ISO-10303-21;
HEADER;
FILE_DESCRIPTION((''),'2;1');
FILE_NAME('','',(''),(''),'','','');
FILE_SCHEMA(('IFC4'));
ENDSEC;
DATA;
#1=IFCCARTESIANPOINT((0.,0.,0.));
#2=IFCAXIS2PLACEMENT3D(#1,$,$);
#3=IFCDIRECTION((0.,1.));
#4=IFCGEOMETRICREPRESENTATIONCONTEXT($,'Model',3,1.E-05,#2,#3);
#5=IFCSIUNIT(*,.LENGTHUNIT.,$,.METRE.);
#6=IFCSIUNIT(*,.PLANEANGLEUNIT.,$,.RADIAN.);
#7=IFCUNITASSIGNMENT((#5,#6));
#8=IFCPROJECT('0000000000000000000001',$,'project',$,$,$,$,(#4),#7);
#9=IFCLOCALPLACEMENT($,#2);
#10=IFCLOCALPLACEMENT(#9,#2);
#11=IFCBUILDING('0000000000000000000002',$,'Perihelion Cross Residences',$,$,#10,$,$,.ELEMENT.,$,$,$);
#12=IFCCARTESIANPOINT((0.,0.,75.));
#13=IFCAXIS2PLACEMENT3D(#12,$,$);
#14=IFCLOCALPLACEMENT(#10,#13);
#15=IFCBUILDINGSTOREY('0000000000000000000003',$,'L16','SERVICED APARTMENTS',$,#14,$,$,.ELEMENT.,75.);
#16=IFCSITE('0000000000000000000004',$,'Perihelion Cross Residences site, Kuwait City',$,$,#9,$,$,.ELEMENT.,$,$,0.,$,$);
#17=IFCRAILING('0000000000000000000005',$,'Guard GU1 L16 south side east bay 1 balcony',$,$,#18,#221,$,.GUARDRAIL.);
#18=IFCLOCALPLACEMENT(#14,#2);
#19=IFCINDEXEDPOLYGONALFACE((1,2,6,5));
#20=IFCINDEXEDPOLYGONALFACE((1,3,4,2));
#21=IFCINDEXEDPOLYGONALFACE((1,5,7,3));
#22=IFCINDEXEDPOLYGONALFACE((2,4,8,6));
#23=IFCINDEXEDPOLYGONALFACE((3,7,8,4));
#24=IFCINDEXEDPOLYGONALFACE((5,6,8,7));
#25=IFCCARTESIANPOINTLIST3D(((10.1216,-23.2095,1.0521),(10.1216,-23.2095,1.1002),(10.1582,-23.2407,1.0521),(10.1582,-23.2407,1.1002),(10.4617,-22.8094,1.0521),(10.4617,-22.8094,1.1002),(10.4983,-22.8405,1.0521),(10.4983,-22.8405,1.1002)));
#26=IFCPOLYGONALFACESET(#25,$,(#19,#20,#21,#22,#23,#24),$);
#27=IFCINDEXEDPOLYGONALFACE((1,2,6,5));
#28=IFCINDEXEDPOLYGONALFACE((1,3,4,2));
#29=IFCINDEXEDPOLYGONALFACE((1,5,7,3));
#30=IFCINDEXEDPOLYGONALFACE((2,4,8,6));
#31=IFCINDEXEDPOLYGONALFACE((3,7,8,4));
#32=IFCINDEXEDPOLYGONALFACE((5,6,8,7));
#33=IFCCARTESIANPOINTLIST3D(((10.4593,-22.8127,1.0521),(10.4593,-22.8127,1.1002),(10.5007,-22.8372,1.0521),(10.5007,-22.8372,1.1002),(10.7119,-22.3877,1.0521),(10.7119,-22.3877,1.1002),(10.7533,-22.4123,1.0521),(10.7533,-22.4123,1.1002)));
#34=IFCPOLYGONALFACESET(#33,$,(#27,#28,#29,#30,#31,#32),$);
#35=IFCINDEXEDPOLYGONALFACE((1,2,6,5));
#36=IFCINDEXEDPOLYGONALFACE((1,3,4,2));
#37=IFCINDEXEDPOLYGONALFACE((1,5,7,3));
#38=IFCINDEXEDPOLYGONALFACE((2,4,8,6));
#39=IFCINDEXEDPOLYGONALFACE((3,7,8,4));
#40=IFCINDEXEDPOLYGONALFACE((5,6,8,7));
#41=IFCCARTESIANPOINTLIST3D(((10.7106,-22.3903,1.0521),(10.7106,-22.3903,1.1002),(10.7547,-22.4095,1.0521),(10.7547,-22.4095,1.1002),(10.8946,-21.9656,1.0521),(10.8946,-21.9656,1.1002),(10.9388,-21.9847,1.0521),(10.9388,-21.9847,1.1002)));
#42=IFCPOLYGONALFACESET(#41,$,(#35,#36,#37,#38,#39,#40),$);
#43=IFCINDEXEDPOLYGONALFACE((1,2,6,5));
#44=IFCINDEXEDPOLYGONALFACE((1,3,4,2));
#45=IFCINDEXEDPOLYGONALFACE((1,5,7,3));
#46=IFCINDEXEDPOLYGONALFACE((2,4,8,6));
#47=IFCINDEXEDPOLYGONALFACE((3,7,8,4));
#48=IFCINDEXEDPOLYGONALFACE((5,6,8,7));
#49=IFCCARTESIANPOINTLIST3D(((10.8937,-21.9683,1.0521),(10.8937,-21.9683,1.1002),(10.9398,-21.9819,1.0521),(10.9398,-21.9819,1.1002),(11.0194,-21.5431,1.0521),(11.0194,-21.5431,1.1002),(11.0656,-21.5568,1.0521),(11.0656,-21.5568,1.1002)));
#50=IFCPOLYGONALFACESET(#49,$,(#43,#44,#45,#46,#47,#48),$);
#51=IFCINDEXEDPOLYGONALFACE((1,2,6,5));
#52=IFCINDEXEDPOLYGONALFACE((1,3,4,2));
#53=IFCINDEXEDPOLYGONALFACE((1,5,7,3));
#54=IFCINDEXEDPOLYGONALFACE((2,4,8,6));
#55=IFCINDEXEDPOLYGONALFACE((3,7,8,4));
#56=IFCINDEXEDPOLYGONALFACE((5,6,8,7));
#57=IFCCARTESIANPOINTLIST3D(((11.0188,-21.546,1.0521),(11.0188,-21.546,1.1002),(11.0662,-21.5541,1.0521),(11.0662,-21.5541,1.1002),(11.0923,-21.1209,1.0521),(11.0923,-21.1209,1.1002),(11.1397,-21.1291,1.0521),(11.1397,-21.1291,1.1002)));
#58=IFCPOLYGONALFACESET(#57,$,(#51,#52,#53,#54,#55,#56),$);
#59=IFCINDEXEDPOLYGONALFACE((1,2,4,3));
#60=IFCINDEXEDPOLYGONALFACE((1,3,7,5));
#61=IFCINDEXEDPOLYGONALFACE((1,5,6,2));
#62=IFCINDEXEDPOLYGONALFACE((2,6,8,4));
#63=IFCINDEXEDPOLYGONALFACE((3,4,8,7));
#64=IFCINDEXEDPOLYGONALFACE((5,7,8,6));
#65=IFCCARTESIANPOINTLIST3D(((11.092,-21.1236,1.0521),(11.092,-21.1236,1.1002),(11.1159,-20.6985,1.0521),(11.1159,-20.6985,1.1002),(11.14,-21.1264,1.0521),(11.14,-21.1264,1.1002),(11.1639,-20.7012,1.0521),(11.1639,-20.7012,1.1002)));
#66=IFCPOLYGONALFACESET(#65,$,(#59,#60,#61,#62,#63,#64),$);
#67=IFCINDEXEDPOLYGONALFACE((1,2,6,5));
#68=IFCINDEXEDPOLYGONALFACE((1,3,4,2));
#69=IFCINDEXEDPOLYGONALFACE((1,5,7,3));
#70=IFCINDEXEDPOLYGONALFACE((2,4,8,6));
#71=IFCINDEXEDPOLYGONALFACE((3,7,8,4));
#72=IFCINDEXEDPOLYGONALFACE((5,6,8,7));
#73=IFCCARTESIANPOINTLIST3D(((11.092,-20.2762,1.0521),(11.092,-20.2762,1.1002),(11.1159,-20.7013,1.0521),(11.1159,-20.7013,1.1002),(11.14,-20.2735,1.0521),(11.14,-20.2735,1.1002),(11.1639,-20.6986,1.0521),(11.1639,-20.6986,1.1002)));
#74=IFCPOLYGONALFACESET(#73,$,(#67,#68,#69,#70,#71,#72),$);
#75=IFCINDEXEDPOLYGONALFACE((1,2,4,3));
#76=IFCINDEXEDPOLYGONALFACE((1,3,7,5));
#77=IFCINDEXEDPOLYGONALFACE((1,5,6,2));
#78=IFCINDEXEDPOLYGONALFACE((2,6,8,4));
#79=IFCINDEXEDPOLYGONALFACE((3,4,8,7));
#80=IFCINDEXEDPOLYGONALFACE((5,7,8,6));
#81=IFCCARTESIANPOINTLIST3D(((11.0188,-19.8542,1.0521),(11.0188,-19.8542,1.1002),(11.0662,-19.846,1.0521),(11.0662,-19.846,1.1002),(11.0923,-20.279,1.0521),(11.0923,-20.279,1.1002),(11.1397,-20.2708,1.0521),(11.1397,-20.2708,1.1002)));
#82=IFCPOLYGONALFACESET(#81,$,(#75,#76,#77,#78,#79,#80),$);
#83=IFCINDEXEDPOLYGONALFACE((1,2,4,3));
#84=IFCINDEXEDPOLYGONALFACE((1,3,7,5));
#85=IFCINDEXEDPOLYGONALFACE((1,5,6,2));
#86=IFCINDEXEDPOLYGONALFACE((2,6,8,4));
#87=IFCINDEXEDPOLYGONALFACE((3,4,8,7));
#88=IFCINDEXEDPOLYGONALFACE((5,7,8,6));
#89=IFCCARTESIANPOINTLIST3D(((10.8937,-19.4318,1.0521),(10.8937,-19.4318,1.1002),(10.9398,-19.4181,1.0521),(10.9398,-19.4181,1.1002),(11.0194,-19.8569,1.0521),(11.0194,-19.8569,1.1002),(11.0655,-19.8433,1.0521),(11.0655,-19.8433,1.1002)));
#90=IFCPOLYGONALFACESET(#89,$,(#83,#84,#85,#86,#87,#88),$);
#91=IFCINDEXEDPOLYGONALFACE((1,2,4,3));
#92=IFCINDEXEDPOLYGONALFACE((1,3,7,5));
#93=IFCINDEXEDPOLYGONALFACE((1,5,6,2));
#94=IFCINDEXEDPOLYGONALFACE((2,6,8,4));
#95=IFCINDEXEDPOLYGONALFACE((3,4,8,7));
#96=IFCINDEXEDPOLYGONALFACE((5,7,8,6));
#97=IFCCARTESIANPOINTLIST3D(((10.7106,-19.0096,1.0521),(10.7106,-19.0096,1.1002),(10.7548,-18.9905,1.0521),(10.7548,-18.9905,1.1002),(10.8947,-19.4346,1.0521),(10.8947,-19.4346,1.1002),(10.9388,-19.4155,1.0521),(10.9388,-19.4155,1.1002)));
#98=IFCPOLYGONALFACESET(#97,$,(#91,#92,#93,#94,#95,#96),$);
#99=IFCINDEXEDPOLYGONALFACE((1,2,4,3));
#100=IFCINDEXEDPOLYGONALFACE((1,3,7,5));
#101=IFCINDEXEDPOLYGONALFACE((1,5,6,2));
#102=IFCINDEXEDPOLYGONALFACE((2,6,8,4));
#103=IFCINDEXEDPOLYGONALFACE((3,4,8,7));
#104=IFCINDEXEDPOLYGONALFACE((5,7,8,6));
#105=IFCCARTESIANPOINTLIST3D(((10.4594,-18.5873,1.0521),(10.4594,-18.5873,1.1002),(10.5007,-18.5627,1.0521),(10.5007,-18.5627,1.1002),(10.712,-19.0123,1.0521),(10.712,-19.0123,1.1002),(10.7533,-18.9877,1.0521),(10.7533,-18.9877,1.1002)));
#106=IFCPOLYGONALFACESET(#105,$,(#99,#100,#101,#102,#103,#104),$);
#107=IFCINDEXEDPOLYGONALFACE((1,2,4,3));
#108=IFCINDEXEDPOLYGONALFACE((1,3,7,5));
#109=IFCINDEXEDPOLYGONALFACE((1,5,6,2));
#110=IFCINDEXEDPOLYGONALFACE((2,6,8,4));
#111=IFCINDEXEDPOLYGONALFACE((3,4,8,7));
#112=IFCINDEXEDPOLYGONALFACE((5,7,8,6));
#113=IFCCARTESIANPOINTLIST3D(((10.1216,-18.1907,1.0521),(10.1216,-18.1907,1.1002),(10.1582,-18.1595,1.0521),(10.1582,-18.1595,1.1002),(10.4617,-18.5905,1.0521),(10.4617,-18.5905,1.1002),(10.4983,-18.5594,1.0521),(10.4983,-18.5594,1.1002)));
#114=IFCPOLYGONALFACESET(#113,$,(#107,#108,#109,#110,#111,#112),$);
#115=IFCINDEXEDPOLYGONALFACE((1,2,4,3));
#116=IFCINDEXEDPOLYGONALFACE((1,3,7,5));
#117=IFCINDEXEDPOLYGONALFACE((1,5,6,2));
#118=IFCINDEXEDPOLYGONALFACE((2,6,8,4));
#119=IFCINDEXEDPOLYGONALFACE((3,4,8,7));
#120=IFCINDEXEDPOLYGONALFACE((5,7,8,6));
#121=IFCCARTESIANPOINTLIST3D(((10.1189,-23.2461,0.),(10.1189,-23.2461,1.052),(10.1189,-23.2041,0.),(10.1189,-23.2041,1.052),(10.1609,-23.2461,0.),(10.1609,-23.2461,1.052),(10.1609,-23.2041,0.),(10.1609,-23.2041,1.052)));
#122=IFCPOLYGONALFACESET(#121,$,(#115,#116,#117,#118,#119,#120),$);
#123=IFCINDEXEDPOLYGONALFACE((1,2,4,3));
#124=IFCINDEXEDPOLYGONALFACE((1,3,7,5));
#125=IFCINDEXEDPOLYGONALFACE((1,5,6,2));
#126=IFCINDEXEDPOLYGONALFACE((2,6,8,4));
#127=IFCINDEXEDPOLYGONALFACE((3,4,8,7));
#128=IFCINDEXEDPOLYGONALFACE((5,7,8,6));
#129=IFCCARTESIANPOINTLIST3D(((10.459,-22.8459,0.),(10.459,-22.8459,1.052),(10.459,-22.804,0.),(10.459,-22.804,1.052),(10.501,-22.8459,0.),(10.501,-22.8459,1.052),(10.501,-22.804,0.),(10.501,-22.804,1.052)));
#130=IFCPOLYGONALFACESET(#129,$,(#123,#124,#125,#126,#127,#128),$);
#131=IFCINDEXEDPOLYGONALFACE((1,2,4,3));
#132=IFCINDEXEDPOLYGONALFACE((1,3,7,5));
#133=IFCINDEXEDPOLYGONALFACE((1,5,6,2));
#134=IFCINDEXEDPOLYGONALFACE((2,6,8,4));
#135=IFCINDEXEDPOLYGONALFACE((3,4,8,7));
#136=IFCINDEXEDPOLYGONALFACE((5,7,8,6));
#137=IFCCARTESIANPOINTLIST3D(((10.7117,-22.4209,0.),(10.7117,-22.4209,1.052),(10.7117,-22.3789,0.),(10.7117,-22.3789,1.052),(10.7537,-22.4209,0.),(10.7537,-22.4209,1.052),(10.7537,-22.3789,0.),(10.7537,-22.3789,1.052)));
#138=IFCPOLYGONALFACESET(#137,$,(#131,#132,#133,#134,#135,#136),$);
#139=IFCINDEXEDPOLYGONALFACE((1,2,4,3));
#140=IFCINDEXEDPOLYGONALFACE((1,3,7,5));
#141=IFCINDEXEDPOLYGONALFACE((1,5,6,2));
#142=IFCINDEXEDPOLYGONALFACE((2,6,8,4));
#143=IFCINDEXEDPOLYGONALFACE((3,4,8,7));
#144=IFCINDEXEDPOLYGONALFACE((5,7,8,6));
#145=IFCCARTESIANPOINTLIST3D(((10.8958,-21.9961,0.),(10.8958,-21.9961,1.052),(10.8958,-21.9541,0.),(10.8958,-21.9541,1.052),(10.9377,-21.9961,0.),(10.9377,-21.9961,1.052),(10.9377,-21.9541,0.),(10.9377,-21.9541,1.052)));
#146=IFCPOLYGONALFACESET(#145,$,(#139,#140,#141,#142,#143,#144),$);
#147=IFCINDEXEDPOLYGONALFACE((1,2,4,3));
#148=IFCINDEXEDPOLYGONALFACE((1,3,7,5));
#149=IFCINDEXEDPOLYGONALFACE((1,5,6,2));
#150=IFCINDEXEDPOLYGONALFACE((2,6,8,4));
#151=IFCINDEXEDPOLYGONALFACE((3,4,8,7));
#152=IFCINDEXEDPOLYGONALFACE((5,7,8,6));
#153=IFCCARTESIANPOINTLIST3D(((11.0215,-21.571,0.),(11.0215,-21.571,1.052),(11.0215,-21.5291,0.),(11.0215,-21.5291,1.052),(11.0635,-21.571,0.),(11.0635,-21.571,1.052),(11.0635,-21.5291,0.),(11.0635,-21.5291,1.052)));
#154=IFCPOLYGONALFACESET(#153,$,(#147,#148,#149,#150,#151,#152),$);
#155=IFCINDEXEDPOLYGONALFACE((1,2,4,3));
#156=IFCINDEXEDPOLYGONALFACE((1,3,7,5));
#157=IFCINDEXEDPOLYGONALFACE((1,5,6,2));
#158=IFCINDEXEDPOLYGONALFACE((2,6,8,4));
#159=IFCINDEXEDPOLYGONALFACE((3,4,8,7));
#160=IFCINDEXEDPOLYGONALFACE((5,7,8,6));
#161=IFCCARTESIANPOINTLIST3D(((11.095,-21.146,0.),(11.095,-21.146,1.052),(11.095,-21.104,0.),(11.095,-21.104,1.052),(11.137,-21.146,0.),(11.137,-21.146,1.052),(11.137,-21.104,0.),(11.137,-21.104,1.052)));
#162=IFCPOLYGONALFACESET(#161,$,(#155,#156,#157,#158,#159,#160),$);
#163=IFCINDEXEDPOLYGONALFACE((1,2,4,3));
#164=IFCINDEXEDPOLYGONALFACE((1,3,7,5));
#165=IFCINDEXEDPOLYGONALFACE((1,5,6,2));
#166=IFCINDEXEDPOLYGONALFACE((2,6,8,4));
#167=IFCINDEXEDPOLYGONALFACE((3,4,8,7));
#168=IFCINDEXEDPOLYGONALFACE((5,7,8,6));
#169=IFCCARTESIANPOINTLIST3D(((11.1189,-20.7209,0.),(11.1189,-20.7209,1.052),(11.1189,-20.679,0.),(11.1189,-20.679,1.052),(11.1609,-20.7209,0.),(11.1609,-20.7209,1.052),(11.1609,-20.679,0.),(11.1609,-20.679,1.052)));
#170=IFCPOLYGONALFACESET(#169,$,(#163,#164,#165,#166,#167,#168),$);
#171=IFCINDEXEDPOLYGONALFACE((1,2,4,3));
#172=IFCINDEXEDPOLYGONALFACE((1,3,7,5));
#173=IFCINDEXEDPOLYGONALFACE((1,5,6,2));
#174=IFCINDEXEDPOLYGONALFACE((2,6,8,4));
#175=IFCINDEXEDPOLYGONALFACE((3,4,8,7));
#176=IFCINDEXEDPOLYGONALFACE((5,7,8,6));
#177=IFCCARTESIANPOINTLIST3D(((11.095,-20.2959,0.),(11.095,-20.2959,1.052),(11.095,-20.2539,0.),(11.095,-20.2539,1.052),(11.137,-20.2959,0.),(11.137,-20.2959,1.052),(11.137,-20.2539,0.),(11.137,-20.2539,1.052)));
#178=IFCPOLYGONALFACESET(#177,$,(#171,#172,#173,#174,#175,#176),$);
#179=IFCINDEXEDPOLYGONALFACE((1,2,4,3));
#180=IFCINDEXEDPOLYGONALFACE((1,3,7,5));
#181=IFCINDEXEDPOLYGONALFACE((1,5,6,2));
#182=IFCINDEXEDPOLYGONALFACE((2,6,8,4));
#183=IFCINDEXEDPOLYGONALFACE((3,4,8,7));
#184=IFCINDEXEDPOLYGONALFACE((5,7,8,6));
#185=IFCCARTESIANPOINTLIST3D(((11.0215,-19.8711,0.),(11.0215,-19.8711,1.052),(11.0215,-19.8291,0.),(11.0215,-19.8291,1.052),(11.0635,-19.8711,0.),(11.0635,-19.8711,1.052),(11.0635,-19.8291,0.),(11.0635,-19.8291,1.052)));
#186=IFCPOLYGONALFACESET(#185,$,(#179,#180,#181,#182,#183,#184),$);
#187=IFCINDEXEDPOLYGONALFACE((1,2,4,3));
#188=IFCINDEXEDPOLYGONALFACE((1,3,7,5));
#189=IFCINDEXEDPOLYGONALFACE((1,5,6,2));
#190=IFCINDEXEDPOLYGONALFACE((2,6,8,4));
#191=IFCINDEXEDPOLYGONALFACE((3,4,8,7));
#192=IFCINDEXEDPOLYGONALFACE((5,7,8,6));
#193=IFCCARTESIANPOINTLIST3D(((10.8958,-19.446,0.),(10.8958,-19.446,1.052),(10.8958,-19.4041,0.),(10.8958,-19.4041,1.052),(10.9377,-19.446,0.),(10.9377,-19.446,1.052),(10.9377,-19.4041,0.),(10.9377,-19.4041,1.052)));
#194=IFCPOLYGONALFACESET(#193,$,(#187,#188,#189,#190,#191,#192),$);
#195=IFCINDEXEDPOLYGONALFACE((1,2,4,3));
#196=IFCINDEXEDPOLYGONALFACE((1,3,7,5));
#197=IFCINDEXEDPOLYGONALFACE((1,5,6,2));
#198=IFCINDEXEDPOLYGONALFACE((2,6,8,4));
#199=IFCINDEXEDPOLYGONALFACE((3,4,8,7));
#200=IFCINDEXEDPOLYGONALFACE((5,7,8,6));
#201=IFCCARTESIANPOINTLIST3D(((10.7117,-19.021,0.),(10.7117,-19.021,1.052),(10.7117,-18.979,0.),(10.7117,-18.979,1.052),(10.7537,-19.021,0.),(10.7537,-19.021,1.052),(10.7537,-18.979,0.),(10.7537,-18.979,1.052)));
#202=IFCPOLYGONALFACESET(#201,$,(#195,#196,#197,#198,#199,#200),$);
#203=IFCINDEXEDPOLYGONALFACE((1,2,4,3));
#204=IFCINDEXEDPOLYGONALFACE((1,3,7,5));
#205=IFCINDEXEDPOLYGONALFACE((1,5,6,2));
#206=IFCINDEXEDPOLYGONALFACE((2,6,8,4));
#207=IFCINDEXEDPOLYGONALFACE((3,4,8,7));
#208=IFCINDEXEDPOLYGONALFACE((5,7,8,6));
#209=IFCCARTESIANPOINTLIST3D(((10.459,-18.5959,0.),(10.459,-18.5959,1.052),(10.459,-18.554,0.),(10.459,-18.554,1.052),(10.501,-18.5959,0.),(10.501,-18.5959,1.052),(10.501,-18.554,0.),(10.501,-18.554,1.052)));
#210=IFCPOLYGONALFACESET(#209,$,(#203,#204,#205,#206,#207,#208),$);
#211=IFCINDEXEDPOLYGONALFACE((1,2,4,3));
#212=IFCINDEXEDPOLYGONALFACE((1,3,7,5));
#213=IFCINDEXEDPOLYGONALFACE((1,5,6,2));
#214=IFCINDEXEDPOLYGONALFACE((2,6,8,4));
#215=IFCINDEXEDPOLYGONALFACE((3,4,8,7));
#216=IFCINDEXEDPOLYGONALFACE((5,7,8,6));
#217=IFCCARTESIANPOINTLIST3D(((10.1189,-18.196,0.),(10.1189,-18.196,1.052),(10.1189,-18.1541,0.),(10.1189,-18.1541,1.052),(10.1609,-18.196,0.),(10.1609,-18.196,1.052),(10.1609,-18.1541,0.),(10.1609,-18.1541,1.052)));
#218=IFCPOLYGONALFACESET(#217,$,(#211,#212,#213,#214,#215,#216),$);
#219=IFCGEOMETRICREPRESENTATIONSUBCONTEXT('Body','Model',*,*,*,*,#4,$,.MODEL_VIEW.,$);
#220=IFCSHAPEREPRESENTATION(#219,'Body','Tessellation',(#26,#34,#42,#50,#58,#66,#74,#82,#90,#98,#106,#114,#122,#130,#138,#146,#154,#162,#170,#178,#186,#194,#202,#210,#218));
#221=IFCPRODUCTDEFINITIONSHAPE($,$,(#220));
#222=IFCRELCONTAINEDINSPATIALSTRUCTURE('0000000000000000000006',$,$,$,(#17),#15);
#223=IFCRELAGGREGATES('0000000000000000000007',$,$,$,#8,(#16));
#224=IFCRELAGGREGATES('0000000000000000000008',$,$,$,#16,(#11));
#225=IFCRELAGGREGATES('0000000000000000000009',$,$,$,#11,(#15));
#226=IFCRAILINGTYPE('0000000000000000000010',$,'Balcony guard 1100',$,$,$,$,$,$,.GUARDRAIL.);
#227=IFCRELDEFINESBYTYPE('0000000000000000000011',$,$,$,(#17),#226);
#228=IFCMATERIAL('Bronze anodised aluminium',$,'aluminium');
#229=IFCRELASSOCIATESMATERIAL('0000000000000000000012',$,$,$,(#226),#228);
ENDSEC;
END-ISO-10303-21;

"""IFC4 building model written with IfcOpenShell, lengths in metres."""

from ifc_helpers import new_model, si_unit, direction, frame, origin, origin_2d, place, context, subcontext, project, spatial, rectangle, extrude, material, type_object, element, save


model = new_model("IFC4")

# Units and contexts
model_context = context("Model", 3, precision=1e-05, world=origin(), true_north=direction((0.0, 1.0)))
body_context = subcontext(model_context, "Body", "Model", "MODEL_VIEW")
ifc_project = project(units=[si_unit("LENGTHUNIT", "METRE"), si_unit("PLANEANGLEUNIT", "RADIAN")], contexts=[model_context])

# Site, building, storey
site_placement = place(None, origin())
site = spatial("IfcSite", under=ifc_project, at=site_placement, Name="Perihelion Cross Residences site, Kuwait City", CompositionType="ELEMENT", RefElevation=0.0)
building_placement = place(site_placement, origin())
building = spatial("IfcBuilding", under=site, at=building_placement, Name="Perihelion Cross Residences", CompositionType="ELEMENT")
storey_placement = place(building_placement, frame((0.0, 0.0, 75.0)))
storey = spatial("IfcBuildingStorey", under=building, at=storey_placement, Name="L16", Description="SERVICED APARTMENTS", CompositionType="ELEMENT", Elevation=75.0)

# Railing
ifc_material_1 = material(Name="Bronze anodised aluminium", Category="aluminium")
railing_type = type_object("IfcRailingType", Name="Balcony guard 1100", PredefinedType="GUARDRAIL", material=ifc_material_1)
railing_1_placement = place(storey_placement, frame((10.1399, -23.2251, 0.0)))
element("IfcRailing", 1, at=railing_1_placement, inside=storey, type_object=railing_type, Name="Guard GU1 L16 south side east bay 1 balcony", PredefinedType="GUARDRAIL", context=body_context, shape_type="SweptSolid", body=[
    extrude(rectangle(XDim=0.0481, YDim=0.0481, at=origin_2d()), frame((0.0, 0.0, 1.0762), z_axis=(0.647608, 0.761974, 0.0), x_axis=(-0.761974, 0.647608, 0.0)), (0.0, 0.0, 1.0), 0.5251),
    extrude(rectangle(XDim=0.0481, YDim=0.0481, at=origin_2d()), frame((0.3401, 0.4001, 1.0762), z_axis=(0.511006, 0.859577, 0.0), x_axis=(-0.859577, 0.511006, 0.0)), (0.0, 0.0, 1.0), 0.4944),
    extrude(rectangle(XDim=0.0481, YDim=0.0481, at=origin_2d()), frame((0.5928, 0.8252, 1.0762), z_axis=(0.397607, 0.917556, 0.0), x_axis=(-0.917556, 0.397607, 0.0)), (0.0, 0.0, 1.0), 0.4629),
    extrude(rectangle(XDim=0.0481, YDim=0.0481, at=origin_2d()), frame((0.7769, 1.25, 1.0762), z_axis=(0.283657, 0.958926, 0.0), x_axis=(-0.958926, 0.283657, 0.0)), (0.0, 0.0, 1.0), 0.4434),
    extrude(rectangle(XDim=0.0481, YDim=0.0481, at=origin_2d()), frame((0.9026, 1.675, 1.0762), z_axis=(0.170362, 0.985382, 0.0), x_axis=(-0.985382, 0.170362, 0.0)), (0.0, 0.0, 1.0), 0.4314),
    extrude(rectangle(XDim=0.0481, YDim=0.0481, at=origin_2d()), frame((0.9761, 2.1001, 1.0762), z_axis=(0.056201, 0.99842, 0.0), x_axis=(-0.99842, 0.056201, 0.0)), (0.0, 0.0, 1.0), 0.4258),
    extrude(rectangle(XDim=0.0481, YDim=0.0481, at=origin_2d()), frame((1.0, 2.5251, 1.0762), z_axis=(-0.056201, 0.99842, 0.0), x_axis=(-0.99842, -0.056201, 0.0)), (0.0, 0.0, 1.0), 0.4258),
    extrude(rectangle(XDim=0.0481, YDim=0.0481, at=origin_2d()), frame((0.9761, 2.9502, 1.0762), z_axis=(-0.170457, 0.985365, 0.0), x_axis=(-0.985365, -0.170457, 0.0)), (0.0, 0.0, 1.0), 0.4312),
    extrude(rectangle(XDim=0.0481, YDim=0.0481, at=origin_2d()), frame((0.9026, 3.375, 1.0762), z_axis=(-0.283657, 0.958926, 0.0), x_axis=(-0.958926, -0.283657, 0.0)), (0.0, 0.0, 1.0), 0.4434),
    extrude(rectangle(XDim=0.0481, YDim=0.0481, at=origin_2d()), frame((0.7769, 3.8, 1.0762), z_axis=(-0.397415, 0.917639, 0.0), x_axis=(-0.917639, -0.397415, 0.0)), (0.0, 0.0, 1.0), 0.4631),
    extrude(rectangle(XDim=0.0481, YDim=0.0481, at=origin_2d()), frame((0.5928, 4.2251, 1.0762), z_axis=(-0.511006, 0.859577, 0.0), x_axis=(-0.859577, -0.511006, 0.0)), (0.0, 0.0, 1.0), 0.4944),
    extrude(rectangle(XDim=0.0481, YDim=0.0481, at=origin_2d()), frame((0.3401, 4.6501, 1.0762), z_axis=(-0.647837, 0.761779, 0.0), x_axis=(-0.761779, -0.647837, 0.0)), (0.0, 0.0, 1.0), 0.5249),
    extrude(rectangle(XDim=0.042, YDim=0.042, at=origin_2d()), origin(), (0.0, 0.0, 1.0), 1.052),
    extrude(rectangle(XDim=0.042, YDim=0.042, at=origin_2d()), frame((0.3401, 0.4001, 0.0)), (0.0, 0.0, 1.0), 1.052),
    extrude(rectangle(XDim=0.042, YDim=0.042, at=origin_2d()), frame((0.5928, 0.8252, 0.0)), (0.0, 0.0, 1.0), 1.052),
    extrude(rectangle(XDim=0.042, YDim=0.042, at=origin_2d()), frame((0.7769, 1.25, 0.0)), (0.0, 0.0, 1.0), 1.052),
    extrude(rectangle(XDim=0.042, YDim=0.042, at=origin_2d()), frame((0.9026, 1.675, 0.0)), (0.0, 0.0, 1.0), 1.052),
    extrude(rectangle(XDim=0.042, YDim=0.042, at=origin_2d()), frame((0.9761, 2.1001, 0.0)), (0.0, 0.0, 1.0), 1.052),
    extrude(rectangle(XDim=0.042, YDim=0.042, at=origin_2d()), frame((1.0, 2.5251, 0.0)), (0.0, 0.0, 1.0), 1.052),
    extrude(rectangle(XDim=0.042, YDim=0.042, at=origin_2d()), frame((0.9761, 2.9502, 0.0)), (0.0, 0.0, 1.0), 1.052),
    extrude(rectangle(XDim=0.042, YDim=0.042, at=origin_2d()), frame((0.9026, 3.375, 0.0)), (0.0, 0.0, 1.0), 1.052),
    extrude(rectangle(XDim=0.042, YDim=0.042, at=origin_2d()), frame((0.7769, 3.8, 0.0)), (0.0, 0.0, 1.0), 1.052),
    extrude(rectangle(XDim=0.042, YDim=0.042, at=origin_2d()), frame((0.5928, 4.2251, 0.0)), (0.0, 0.0, 1.0), 1.052),
    extrude(rectangle(XDim=0.042, YDim=0.042, at=origin_2d()), frame((0.3401, 4.6501, 0.0)), (0.0, 0.0, 1.0), 1.052),
    extrude(rectangle(XDim=0.042, YDim=0.042, at=origin_2d()), frame((0.0, 5.05, 0.0)), (0.0, 0.0, 1.0), 1.052),
])

save(model, "model.ifc")
